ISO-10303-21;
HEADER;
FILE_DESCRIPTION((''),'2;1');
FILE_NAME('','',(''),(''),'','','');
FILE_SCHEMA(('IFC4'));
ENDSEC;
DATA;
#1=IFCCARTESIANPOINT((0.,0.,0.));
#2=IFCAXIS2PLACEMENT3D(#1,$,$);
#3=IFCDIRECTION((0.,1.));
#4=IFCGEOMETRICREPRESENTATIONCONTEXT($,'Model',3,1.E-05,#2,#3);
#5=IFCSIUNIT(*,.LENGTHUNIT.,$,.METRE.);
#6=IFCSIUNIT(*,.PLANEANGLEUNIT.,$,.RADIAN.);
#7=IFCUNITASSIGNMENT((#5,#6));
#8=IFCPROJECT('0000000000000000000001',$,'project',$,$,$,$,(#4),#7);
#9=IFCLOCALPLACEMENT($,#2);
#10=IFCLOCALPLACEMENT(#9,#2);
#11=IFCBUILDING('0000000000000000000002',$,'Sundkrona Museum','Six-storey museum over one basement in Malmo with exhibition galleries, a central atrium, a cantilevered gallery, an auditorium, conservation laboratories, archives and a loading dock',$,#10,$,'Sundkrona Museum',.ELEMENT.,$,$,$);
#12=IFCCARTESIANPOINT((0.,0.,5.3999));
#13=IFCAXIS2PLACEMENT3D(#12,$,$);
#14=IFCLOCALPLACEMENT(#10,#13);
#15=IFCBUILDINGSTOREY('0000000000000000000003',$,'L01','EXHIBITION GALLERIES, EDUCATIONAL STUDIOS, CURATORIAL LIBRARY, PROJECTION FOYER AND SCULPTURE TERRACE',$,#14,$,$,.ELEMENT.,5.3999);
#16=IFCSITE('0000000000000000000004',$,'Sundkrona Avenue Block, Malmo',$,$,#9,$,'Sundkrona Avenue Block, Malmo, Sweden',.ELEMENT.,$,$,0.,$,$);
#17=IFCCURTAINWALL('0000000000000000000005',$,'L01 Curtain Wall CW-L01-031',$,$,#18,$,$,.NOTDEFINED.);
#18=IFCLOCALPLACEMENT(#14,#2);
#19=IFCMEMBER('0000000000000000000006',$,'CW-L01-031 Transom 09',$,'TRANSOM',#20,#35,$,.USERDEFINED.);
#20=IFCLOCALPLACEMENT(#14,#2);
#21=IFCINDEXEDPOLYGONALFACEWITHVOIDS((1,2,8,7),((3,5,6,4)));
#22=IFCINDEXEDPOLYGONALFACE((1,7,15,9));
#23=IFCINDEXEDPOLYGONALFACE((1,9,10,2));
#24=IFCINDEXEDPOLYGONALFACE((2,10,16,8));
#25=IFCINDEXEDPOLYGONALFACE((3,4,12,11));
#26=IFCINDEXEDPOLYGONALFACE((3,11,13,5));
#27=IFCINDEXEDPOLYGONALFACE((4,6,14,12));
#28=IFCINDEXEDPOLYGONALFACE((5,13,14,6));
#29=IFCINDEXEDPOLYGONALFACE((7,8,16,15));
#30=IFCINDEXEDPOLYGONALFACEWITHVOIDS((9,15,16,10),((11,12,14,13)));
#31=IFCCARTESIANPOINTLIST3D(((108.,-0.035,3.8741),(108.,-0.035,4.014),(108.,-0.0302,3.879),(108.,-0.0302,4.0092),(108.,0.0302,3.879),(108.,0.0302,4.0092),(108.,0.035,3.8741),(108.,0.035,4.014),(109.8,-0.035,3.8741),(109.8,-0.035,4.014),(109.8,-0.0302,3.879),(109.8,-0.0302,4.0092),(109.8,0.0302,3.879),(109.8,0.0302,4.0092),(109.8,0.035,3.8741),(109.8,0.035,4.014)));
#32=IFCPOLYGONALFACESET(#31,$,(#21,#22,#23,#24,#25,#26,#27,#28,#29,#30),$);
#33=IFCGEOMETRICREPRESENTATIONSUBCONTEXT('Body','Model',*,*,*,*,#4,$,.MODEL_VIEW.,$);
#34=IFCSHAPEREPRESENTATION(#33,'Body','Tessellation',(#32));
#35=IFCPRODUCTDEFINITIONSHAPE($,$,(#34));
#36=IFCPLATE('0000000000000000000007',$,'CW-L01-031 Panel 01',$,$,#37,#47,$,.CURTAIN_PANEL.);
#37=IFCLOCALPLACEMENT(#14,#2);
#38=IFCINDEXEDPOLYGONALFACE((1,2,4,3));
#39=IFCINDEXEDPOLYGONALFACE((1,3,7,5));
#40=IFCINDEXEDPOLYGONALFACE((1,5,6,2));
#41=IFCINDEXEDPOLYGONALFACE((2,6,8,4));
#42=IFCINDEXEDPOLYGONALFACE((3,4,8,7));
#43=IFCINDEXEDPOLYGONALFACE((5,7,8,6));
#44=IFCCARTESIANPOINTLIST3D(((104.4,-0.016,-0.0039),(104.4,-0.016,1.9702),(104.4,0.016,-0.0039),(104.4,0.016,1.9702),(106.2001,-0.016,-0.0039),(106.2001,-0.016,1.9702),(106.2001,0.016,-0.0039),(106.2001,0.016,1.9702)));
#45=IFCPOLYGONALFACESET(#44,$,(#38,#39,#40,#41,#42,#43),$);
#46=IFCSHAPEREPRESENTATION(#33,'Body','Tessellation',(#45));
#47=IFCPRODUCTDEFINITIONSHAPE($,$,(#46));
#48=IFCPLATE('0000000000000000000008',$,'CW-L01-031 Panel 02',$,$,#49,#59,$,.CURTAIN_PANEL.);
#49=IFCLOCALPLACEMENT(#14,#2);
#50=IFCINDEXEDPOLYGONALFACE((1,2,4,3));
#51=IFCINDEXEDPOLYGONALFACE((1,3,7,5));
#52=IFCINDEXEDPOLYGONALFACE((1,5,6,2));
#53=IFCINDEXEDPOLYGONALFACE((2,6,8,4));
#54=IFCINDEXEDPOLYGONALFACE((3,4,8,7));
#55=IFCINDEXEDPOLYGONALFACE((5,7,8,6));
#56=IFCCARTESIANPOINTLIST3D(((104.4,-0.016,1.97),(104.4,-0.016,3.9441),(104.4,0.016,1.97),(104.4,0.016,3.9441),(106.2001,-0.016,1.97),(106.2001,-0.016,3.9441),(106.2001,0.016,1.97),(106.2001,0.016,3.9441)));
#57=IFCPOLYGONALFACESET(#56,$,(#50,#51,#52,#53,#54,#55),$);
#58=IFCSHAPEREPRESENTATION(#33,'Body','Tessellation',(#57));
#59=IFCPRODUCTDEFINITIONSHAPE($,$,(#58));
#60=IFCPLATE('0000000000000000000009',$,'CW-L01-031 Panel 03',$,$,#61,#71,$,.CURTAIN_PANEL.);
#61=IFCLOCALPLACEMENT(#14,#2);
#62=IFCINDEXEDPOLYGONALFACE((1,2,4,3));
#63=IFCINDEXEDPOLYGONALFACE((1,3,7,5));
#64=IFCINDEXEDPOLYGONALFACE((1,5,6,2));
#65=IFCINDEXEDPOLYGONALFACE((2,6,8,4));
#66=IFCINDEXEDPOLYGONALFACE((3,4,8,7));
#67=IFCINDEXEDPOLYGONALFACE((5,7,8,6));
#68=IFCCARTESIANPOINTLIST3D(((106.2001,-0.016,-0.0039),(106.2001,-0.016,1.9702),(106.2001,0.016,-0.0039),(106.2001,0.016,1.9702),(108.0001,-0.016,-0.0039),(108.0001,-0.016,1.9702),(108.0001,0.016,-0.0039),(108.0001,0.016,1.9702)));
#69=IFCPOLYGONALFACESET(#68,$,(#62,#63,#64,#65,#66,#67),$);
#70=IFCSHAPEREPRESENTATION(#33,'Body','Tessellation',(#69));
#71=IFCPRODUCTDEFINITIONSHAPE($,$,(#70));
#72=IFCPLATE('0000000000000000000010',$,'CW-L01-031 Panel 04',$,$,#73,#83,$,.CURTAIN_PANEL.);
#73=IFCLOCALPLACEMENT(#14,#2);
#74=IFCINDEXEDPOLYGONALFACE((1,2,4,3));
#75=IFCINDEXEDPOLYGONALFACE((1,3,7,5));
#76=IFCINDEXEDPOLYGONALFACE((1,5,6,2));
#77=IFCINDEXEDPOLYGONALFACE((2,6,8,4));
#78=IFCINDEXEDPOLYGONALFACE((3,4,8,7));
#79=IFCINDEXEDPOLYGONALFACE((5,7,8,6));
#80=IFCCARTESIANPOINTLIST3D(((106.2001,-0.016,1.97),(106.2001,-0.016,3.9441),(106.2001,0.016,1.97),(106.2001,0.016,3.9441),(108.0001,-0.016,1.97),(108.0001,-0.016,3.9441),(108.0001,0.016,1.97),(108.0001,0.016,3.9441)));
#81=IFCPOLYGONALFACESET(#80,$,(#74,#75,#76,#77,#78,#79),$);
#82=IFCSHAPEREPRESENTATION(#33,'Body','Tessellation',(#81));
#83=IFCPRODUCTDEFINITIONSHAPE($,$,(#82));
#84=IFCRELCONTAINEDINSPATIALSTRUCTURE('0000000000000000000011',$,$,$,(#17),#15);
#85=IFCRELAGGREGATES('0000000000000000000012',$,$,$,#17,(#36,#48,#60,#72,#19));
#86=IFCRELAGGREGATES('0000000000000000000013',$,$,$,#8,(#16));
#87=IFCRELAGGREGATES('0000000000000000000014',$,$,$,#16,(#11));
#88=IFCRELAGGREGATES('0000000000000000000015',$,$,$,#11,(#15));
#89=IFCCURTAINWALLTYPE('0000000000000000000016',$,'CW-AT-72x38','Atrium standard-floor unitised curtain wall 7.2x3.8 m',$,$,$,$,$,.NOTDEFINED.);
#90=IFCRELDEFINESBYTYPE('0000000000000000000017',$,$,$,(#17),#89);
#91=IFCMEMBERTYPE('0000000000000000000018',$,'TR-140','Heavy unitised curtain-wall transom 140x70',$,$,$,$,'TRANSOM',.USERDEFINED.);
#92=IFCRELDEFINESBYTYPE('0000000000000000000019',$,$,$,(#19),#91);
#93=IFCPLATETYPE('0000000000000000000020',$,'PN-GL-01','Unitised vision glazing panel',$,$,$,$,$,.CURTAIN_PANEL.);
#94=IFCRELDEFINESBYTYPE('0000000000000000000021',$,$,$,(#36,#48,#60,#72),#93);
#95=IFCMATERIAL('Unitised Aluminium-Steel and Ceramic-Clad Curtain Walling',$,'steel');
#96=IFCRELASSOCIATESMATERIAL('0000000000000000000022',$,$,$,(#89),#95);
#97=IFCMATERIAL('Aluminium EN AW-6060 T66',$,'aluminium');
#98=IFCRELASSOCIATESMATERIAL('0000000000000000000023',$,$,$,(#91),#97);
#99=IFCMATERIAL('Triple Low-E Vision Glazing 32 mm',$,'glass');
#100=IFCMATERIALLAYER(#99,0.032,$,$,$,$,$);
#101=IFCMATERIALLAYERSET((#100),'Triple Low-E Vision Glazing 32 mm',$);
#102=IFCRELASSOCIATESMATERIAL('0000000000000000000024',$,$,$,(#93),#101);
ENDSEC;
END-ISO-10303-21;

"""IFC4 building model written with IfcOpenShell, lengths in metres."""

from ifc_helpers import new_model, si_unit, direction, frame, origin, origin_2d, place, context, subcontext, project, spatial, rectangle, hollow_rectangle, extrude, material, layer, layer_set, material_profile, profile_set, type_object, element, aggregate, save


model = new_model("IFC4")

# Units and contexts
model_context = context("Model", 3, precision=1e-05, world=origin(), true_north=direction((0.0, 1.0)))
body_context = subcontext(model_context, "Body", "Model", "MODEL_VIEW")
ifc_project = project(units=[si_unit("LENGTHUNIT", "METRE"), si_unit("PLANEANGLEUNIT", "RADIAN")], contexts=[model_context])

# Site, building, storey
site_placement = place(None, origin())
site = spatial("IfcSite", under=ifc_project, at=site_placement, Name="Sundkrona Avenue Block, Malmo", LongName="Sundkrona Avenue Block, Malmo, Sweden", CompositionType="ELEMENT", RefElevation=0.0)
building_placement = place(site_placement, origin())
building = spatial("IfcBuilding", under=site, at=building_placement, Name="Sundkrona Museum", Description="Six-storey museum over one basement in Malmo with exhibition galleries, a central atrium, a cantilevered gallery, an auditorium, conservation laboratories, archives and a loading dock", LongName="Sundkrona Museum", CompositionType="ELEMENT")
storey_placement = place(building_placement, frame((0.0, 0.0, 5.3999)))
storey = spatial("IfcBuildingStorey", under=building, at=storey_placement, Name="L01", Description="EXHIBITION GALLERIES, EDUCATIONAL STUDIOS, CURATORIAL LIBRARY, PROJECTION FOYER AND SCULPTURE TERRACE", CompositionType="ELEMENT", Elevation=5.3999)

# Shared definitions
ifc_material_1 = material(Name="Unitised Aluminium-Steel and Ceramic-Clad Curtain Walling", Category="steel")
curtain_wall_type = type_object("IfcCurtainWallType", Name="CW-AT-72x38", Description="Atrium standard-floor unitised curtain wall 7.2x3.8 m", PredefinedType="NOTDEFINED", material=ifc_material_1)
ifc_material_2 = material(Name="Aluminium EN AW-6060 T66", Category="aluminium")

# Curtain wall
curtain_wall_1_placement = place(storey_placement, origin())
curtain_wall_1 = element("IfcCurtainWall", 1, at=curtain_wall_1_placement, inside=storey, type_object=curtain_wall_type, Name="L01 Curtain Wall CW-L01-031", PredefinedType="NOTDEFINED")

# Member
ifc_material_profile_1 = material_profile(ifc_material_2, hollow_rectangle(XDim=0.0701, YDim=0.1399, WallThickness=0.0049, at=origin_2d()), Name="RHS 140x70x5.0")
ifc_profile_set_1 = profile_set([ifc_material_profile_1], Name="Aluminium EN AW-6060 T66")
member_type_1 = type_object("IfcMemberType", Name="TR-140", Description="Heavy unitised curtain-wall transom 140x70", ElementType="TRANSOM", PredefinedType="USERDEFINED", material=ifc_profile_set_1)
member_1_placement = place(storey_placement, frame((108.0, 0.0, 3.9441), z_axis=(1.0, 0.0, 0.0), x_axis=(0.0, 1.0, 0.0)))
member_1 = element("IfcMember", 2, at=member_1_placement, type_object=member_type_1, Name="CW-L01-031 Transom 09", ObjectType="TRANSOM", PredefinedType="USERDEFINED", context=body_context, shape_type="SweptSolid", body=[
    extrude(hollow_rectangle(XDim=0.0701, YDim=0.1399, WallThickness=0.0049, at=origin_2d()), origin(), (0.0, 0.0, 1.0), 1.8),
])

# Plates
ifc_material_3 = material(Name="Triple Low-E Vision Glazing 32 mm", Category="glass")
ifc_layer = layer(ifc_material_3, 0.032)
ifc_layer_set = layer_set([ifc_layer], Name="Triple Low-E Vision Glazing 32 mm")
plate_type = type_object("IfcPlateType", Name="PN-GL-01", Description="Unitised vision glazing panel", PredefinedType="CURTAIN_PANEL", material=ifc_layer_set)
plate_1_placement = place(storey_placement, frame((105.3, 0.0, -0.0039), z_axis=(0.0, 0.0, 1.0), x_axis=(1.0, 0.0, 0.0)))
plate_1 = element("IfcPlate", 3, at=plate_1_placement, type_object=plate_type, Name="CW-L01-031 Panel 01", PredefinedType="CURTAIN_PANEL", context=body_context, shape_type="SweptSolid", body=[
    extrude(rectangle(XDim=1.8, YDim=0.032, at=origin_2d()), origin(), (0.0, 0.0, 1.0), 1.9741),
])
plate_2_placement = place(storey_placement, frame((105.3, 0.0, 1.97), z_axis=(0.0, 0.0, 1.0), x_axis=(1.0, 0.0, 0.0)))
plate_2 = element("IfcPlate", 4, at=plate_2_placement, type_object=plate_type, Name="CW-L01-031 Panel 02", PredefinedType="CURTAIN_PANEL", context=body_context, shape_type="SweptSolid", body=[
    extrude(rectangle(XDim=1.8, YDim=0.032, at=origin_2d()), origin(), (0.0, 0.0, 1.0), 1.9741),
])
plate_3_placement = place(storey_placement, frame((107.1001, 0.0, -0.0039), z_axis=(0.0, 0.0, 1.0), x_axis=(1.0, 0.0, 0.0)))
plate_3 = element("IfcPlate", 5, at=plate_3_placement, type_object=plate_type, Name="CW-L01-031 Panel 03", PredefinedType="CURTAIN_PANEL", context=body_context, shape_type="SweptSolid", body=[
    extrude(rectangle(XDim=1.8, YDim=0.032, at=origin_2d()), origin(), (0.0, 0.0, 1.0), 1.9741),
])
plate_4_placement = place(storey_placement, frame((107.1001, 0.0, 1.97), z_axis=(0.0, 0.0, 1.0), x_axis=(1.0, 0.0, 0.0)))
plate_4 = element("IfcPlate", 6, at=plate_4_placement, type_object=plate_type, Name="CW-L01-031 Panel 04", PredefinedType="CURTAIN_PANEL", context=body_context, shape_type="SweptSolid", body=[
    extrude(rectangle(XDim=1.8, YDim=0.032, at=origin_2d()), origin(), (0.0, 0.0, 1.0), 1.9741),
])
aggregate(curtain_wall_1, [plate_1, plate_2, plate_3, plate_4, member_1])

save(model, "model.ifc")
